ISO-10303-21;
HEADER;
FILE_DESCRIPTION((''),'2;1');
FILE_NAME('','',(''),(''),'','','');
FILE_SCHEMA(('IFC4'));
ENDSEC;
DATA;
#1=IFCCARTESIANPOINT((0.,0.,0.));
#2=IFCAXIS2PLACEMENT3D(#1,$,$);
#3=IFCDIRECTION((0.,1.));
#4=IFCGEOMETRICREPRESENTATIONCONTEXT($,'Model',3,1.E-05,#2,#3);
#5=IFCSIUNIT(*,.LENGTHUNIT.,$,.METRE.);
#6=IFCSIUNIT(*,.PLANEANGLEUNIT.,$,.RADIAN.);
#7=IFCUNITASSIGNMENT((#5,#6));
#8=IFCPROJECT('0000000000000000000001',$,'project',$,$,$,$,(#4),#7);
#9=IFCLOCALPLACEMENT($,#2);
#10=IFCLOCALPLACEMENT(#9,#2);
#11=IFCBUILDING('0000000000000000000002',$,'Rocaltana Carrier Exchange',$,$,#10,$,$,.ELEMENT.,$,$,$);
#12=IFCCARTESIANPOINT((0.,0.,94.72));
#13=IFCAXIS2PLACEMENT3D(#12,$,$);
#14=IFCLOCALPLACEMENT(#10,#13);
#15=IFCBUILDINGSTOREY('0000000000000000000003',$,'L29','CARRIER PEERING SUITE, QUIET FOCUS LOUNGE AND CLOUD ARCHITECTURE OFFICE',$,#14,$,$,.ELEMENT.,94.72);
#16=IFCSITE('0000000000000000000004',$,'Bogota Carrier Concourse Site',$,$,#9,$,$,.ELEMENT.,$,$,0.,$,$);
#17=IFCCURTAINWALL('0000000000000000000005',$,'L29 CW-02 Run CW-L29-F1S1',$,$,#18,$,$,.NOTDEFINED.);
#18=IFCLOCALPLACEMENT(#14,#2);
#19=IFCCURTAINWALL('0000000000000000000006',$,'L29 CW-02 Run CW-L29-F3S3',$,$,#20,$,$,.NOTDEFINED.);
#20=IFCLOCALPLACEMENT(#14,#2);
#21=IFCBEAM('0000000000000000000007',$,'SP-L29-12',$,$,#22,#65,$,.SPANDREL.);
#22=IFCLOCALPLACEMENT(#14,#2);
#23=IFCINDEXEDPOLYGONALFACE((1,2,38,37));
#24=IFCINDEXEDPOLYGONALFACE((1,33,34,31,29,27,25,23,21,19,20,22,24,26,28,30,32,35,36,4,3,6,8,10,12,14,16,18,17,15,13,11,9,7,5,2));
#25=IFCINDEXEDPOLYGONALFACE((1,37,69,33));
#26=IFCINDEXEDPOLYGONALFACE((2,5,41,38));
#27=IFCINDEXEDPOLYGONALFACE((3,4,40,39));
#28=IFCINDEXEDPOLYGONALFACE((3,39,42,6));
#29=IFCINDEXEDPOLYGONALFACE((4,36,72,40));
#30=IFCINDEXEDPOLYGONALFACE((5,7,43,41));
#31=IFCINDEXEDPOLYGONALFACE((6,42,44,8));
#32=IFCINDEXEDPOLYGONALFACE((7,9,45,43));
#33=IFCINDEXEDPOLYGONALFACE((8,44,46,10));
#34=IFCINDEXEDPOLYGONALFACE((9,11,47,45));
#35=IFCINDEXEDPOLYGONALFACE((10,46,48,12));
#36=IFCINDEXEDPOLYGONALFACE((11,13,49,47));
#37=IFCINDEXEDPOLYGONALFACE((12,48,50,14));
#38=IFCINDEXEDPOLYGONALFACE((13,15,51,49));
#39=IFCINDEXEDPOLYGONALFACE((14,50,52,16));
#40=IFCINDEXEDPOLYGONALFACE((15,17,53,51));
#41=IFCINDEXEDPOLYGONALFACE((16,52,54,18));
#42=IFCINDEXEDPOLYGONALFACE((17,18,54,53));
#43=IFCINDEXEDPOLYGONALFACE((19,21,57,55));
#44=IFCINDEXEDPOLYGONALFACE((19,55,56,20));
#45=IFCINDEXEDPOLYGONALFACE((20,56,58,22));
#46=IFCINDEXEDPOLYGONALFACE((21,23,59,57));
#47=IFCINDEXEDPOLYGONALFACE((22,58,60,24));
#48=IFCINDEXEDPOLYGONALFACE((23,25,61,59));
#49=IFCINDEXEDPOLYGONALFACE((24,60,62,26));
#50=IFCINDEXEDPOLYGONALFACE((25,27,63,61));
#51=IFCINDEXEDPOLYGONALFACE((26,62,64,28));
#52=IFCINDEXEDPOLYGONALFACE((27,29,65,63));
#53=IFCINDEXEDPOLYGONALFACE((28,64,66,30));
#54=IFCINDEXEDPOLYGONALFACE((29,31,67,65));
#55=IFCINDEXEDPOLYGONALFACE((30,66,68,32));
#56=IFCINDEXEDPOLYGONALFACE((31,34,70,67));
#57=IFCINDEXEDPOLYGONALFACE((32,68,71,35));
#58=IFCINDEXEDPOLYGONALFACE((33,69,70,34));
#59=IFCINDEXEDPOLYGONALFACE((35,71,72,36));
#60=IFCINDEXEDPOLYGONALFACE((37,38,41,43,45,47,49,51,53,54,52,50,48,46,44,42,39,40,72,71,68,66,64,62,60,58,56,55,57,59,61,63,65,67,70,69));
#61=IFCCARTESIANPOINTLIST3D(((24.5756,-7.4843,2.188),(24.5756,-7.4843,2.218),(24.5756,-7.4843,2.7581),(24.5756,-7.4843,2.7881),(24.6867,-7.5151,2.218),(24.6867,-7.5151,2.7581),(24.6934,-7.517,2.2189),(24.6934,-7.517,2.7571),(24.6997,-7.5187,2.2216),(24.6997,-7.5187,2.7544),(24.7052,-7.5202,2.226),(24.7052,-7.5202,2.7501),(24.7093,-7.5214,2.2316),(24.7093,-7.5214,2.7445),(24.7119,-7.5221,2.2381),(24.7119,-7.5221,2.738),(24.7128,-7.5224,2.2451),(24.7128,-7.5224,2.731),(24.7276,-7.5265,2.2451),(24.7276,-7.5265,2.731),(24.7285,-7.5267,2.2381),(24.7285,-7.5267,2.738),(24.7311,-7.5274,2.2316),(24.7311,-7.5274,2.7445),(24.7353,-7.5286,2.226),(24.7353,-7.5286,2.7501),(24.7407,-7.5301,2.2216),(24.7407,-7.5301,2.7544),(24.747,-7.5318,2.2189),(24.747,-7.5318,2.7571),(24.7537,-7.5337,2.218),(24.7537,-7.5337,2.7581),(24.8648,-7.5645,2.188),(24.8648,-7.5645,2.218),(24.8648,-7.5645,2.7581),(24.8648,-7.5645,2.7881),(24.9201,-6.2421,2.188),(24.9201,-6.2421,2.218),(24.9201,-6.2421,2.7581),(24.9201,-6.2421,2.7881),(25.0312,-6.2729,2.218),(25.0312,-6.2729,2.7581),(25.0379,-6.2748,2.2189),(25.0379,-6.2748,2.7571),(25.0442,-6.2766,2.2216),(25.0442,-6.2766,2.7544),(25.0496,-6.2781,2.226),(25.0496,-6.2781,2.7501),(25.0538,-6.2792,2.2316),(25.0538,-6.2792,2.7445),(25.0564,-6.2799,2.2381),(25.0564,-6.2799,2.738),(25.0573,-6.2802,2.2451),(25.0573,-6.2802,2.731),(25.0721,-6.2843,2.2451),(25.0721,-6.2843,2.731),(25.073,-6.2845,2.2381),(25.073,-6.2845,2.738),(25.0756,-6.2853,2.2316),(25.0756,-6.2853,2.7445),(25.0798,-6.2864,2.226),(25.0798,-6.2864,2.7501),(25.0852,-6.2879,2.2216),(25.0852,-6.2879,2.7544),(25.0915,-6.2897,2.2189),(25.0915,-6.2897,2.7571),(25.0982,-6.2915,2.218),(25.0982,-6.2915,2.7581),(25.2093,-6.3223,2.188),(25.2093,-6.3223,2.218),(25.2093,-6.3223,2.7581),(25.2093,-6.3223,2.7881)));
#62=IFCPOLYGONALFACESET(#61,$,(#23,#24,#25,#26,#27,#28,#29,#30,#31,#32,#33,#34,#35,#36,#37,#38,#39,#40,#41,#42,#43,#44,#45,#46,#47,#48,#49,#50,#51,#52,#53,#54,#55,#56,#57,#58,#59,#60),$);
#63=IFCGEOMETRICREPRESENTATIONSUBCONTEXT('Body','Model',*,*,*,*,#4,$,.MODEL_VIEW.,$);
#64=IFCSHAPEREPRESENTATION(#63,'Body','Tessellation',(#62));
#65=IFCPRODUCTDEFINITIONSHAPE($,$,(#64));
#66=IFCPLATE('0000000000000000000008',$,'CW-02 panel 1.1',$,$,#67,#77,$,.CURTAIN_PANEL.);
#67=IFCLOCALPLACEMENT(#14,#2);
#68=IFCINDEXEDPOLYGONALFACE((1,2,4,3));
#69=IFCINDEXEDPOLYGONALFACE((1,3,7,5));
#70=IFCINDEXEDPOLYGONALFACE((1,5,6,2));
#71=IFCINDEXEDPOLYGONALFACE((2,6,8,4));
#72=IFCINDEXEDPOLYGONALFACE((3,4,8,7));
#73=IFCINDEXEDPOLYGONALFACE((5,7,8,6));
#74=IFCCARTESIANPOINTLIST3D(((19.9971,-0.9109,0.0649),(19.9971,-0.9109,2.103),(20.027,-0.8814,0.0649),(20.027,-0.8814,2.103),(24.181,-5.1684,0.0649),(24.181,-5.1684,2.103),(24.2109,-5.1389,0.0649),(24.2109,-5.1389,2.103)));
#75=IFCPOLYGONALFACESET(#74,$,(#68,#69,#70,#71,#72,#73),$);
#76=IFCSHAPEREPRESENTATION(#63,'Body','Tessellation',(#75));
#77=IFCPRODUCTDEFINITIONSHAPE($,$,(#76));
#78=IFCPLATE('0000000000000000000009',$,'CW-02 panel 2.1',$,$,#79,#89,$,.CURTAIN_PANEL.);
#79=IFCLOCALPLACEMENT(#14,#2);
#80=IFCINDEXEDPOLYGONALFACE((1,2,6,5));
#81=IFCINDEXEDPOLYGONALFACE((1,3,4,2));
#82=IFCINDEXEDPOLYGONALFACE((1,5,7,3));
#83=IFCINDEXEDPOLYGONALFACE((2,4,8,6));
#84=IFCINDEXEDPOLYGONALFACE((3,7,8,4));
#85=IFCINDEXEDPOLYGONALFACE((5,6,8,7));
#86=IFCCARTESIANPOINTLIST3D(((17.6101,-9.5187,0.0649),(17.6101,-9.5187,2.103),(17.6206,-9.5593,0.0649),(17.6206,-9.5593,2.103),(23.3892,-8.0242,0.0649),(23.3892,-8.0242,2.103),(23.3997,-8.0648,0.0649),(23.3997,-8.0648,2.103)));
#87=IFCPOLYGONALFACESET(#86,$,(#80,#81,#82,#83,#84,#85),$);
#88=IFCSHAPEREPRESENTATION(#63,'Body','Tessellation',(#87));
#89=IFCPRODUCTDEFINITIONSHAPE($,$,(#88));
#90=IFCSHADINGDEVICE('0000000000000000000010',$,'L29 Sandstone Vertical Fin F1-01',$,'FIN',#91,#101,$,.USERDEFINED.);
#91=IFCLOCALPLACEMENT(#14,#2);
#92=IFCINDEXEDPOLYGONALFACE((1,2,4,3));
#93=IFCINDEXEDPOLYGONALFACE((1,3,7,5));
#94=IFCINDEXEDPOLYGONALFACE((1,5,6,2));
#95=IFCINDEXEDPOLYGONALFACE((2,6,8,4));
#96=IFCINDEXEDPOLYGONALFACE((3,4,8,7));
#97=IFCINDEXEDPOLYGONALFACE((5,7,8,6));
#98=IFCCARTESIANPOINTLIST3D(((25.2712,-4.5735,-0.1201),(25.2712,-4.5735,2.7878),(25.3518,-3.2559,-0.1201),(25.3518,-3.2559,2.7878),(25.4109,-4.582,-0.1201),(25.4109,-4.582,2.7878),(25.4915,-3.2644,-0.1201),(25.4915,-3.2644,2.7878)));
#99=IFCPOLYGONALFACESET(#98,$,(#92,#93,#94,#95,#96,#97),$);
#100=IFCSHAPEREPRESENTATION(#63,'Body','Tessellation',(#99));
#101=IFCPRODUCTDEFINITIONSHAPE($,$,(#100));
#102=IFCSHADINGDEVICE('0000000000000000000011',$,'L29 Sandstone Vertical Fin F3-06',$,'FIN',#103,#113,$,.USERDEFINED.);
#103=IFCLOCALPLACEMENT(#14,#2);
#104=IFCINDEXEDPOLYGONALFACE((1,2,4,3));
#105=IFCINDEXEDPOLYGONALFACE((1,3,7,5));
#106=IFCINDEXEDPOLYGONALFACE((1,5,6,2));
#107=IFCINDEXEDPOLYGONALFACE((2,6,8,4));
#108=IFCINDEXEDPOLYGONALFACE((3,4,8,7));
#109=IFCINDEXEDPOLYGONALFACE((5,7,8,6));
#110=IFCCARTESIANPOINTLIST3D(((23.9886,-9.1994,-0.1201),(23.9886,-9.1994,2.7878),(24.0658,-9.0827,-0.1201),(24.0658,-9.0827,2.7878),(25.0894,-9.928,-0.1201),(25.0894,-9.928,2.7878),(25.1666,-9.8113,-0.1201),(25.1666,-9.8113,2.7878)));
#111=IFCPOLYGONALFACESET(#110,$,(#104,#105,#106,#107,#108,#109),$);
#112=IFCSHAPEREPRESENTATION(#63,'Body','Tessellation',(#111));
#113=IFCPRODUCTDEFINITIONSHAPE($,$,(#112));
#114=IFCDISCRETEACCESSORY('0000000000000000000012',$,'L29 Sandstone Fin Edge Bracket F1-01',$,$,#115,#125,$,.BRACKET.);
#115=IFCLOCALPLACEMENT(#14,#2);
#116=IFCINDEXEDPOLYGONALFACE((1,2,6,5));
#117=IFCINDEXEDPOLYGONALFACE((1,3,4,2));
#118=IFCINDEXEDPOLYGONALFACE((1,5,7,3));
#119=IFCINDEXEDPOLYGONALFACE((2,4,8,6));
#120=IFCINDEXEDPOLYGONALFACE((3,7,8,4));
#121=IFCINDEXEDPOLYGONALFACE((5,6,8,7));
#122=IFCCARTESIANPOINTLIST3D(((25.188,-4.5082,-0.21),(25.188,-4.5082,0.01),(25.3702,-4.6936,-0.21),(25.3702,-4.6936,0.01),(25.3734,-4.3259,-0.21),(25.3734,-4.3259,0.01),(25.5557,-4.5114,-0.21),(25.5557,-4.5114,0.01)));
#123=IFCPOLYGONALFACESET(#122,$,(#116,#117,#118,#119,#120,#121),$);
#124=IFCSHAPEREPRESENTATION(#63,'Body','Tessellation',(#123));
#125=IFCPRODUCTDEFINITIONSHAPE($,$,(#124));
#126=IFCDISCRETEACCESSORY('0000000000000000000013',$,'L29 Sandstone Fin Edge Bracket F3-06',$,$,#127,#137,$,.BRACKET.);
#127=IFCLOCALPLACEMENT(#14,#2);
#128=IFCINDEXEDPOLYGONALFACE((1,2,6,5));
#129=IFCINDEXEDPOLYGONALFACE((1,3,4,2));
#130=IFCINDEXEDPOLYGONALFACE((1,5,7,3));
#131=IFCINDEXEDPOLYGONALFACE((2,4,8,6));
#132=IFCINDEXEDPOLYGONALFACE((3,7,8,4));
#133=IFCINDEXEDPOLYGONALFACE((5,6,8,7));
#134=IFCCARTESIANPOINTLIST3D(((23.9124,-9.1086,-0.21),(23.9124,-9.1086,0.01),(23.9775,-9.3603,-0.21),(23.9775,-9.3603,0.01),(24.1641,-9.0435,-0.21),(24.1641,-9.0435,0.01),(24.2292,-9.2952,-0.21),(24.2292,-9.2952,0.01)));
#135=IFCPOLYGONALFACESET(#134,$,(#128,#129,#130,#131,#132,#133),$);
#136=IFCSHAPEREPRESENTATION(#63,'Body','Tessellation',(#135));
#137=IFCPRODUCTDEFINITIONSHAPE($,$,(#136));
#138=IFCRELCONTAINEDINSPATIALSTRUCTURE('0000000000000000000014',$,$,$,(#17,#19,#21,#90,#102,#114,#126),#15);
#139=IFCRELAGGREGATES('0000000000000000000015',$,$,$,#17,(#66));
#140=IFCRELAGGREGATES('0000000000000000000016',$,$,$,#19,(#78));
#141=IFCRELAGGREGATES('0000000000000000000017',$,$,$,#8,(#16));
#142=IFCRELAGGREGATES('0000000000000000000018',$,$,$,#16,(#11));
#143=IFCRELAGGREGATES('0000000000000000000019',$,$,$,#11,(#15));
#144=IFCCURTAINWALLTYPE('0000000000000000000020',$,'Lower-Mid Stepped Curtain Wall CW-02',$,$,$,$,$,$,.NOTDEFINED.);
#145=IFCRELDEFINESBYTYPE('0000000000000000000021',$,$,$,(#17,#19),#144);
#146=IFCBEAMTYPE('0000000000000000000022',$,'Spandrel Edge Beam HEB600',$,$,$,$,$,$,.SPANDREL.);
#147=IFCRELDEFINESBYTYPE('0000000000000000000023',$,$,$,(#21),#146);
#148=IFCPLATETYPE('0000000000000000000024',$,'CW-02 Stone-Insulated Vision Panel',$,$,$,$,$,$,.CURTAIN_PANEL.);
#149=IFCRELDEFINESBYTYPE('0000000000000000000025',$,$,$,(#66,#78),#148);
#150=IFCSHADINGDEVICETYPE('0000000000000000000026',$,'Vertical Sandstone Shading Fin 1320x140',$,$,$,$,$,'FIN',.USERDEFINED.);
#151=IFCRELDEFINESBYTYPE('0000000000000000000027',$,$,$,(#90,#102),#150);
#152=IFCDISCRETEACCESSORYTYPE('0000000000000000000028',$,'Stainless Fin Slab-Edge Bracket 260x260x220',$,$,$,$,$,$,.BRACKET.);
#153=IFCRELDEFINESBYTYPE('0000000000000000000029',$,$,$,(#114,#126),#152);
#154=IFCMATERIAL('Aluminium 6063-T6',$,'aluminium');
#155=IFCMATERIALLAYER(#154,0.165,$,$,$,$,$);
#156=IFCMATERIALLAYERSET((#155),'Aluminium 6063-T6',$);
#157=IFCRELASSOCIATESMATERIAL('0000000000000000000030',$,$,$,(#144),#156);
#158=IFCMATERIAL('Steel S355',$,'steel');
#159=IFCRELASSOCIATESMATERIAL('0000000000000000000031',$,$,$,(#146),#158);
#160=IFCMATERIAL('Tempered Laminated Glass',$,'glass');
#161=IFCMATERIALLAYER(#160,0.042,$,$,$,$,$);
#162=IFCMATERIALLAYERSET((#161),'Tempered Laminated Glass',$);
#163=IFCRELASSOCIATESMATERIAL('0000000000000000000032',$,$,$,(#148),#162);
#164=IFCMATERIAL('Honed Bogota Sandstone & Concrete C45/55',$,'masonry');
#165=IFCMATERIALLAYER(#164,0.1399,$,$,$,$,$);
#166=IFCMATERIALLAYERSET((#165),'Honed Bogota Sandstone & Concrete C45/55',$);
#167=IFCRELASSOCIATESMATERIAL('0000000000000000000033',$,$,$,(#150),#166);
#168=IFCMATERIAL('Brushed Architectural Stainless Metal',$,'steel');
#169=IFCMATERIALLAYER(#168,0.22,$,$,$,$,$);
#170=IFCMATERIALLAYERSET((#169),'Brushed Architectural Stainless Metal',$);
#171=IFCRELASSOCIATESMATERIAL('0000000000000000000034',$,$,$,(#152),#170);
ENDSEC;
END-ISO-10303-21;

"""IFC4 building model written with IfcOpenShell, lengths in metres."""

from ifc_helpers import new_model, si_unit, direction, frame, origin, origin_2d, place, context, subcontext, project, spatial, rectangle, i_section, extrude, material, layer, layer_set, material_profile, profile_set, type_object, element, aggregate, save


model = new_model("IFC4")

# Units and contexts
model_context = context("Model", 3, precision=1e-05, world=origin(), true_north=direction((0.0, 1.0)))
body_context = subcontext(model_context, "Body", "Model", "MODEL_VIEW")
ifc_project = project(units=[si_unit("LENGTHUNIT", "METRE"), si_unit("PLANEANGLEUNIT", "RADIAN")], contexts=[model_context])

# Site, building, storey
site_placement = place(None, origin())
site = spatial("IfcSite", under=ifc_project, at=site_placement, Name="Bogota Carrier Concourse Site", CompositionType="ELEMENT", RefElevation=0.0)
building_placement = place(site_placement, origin())
building = spatial("IfcBuilding", under=site, at=building_placement, Name="Rocaltana Carrier Exchange", CompositionType="ELEMENT")
storey_placement = place(building_placement, frame((0.0, 0.0, 94.72)))
storey = spatial("IfcBuildingStorey", under=building, at=storey_placement, Name="L29", Description="CARRIER PEERING SUITE, QUIET FOCUS LOUNGE AND CLOUD ARCHITECTURE OFFICE", CompositionType="ELEMENT", Elevation=94.72)

# Curtain wall
ifc_material_1 = material(Name="Aluminium 6063-T6", Category="aluminium")
ifc_layer_1 = layer(ifc_material_1, 0.165)
ifc_layer_set_1 = layer_set([ifc_layer_1], Name="Aluminium 6063-T6")
curtain_wall_type = type_object("IfcCurtainWallType", Name="Lower-Mid Stepped Curtain Wall CW-02", PredefinedType="NOTDEFINED", material=ifc_layer_set_1)
curtain_wall_1_placement = place(storey_placement, origin())
curtain_wall_1 = element("IfcCurtainWall", 1, at=curtain_wall_1_placement, inside=storey, type_object=curtain_wall_type, Name="L29 CW-02 Run CW-L29-F1S1", PredefinedType="NOTDEFINED")

# Curtain wall
curtain_wall_2_placement = place(storey_placement, origin())
curtain_wall_2 = element("IfcCurtainWall", 2, at=curtain_wall_2_placement, inside=storey, type_object=curtain_wall_type, Name="L29 CW-02 Run CW-L29-F3S3", PredefinedType="NOTDEFINED")

# Beam
ifc_material_2 = material(Name="Steel S355", Category="steel")
ifc_material_profile_1 = material_profile(ifc_material_2, i_section(OverallWidth=0.3, OverallDepth=0.6001, WebThickness=0.0154, FlangeThickness=0.03, FilletRadius=0.0271, at=origin_2d()), Name="HEB600")
ifc_profile_set_1 = profile_set([ifc_material_profile_1], Name="Steel S355")
beam_type_1 = type_object("IfcBeamType", Name="Spandrel Edge Beam HEB600", PredefinedType="SPANDREL", material=ifc_profile_set_1)
beam_1_placement = place(storey_placement, frame((24.7202, -7.5244, 2.488), z_axis=(0.267234, 0.963632, 0.0), x_axis=(-0.963632, 0.267234, 0.0)))
element("IfcBeam", 3, at=beam_1_placement, inside=storey, type_object=beam_type_1, Name="SP-L29-12", PredefinedType="SPANDREL", context=body_context, shape_type="SweptSolid", body=[
    extrude(i_section(OverallWidth=0.3, OverallDepth=0.6001, WebThickness=0.0154, FlangeThickness=0.03, FilletRadius=0.0271, at=origin_2d()), origin(), (0.0, 0.0, 1.0), 1.2891),
])

# Plates
ifc_material_3 = material(Name="Tempered Laminated Glass", Category="glass")
ifc_layer_2 = layer(ifc_material_3, 0.042)
ifc_layer_set_2 = layer_set([ifc_layer_2], Name="Tempered Laminated Glass")
plate_type = type_object("IfcPlateType", Name="CW-02 Stone-Insulated Vision Panel", PredefinedType="CURTAIN_PANEL", material=ifc_layer_set_2)
plate_1_placement = place(storey_placement, frame((22.104, -3.0249, 0.0649), z_axis=(0.0, 0.0, 1.0), x_axis=(-0.700915, 0.713245, 0.0)))
plate_1 = element("IfcPlate", 4, at=plate_1_placement, type_object=plate_type, Name="CW-02 panel 1.1", PredefinedType="CURTAIN_PANEL", context=body_context, shape_type="SweptSolid", body=[
    extrude(rectangle(XDim=5.9692, YDim=0.042, at=origin_2d()), origin(), (0.0, 0.0, 1.0), 2.0381),
])
aggregate(curtain_wall_1, [plate_1])
plate_2_placement = place(storey_placement, frame((20.5049, -8.7917, 0.0649), z_axis=(0.0, 0.0, 1.0), x_axis=(0.96815, 0.25037, 0.0)))
plate_2 = element("IfcPlate", 5, at=plate_2_placement, type_object=plate_type, Name="CW-02 panel 2.1", PredefinedType="CURTAIN_PANEL", context=body_context, shape_type="SweptSolid", body=[
    extrude(rectangle(XDim=5.9692, YDim=0.042, at=origin_2d()), origin(), (0.0, 0.0, 1.0), 2.0381),
])
aggregate(curtain_wall_2, [plate_2])

# Shading devices
ifc_material_4 = material(Name="Honed Bogota Sandstone & Concrete C45/55", Category="masonry")
ifc_layer_3 = layer(ifc_material_4, 0.1399)
ifc_layer_set_3 = layer_set([ifc_layer_3], Name="Honed Bogota Sandstone & Concrete C45/55")
shading_device_type = type_object("IfcShadingDeviceType", Name="Vertical Sandstone Shading Fin 1320x140", ElementType="FIN", PredefinedType="USERDEFINED", material=ifc_layer_set_3)
for number, where, z_axis, x_axis, name in (
    (6, (25.3813, -3.9189, -0.1201), (0.0, 0.0, 1.0), (0.061049, 0.998135, 0.0), "L29 Sandstone Vertical Fin F1-01"),
    (7, (24.5776, -9.5054, -0.1201), (0.0, 0.0, 1.0), (0.833886, -0.551937, 0.0), "L29 Sandstone Vertical Fin F3-06"),
):
    element("IfcShadingDevice", number, at=place(storey_placement, frame(where, z_axis=z_axis, x_axis=x_axis)), inside=storey, type_object=shading_device_type, Name=name, ObjectType="FIN", PredefinedType="USERDEFINED", context=body_context, shape_type="SweptSolid", body=[
        extrude(rectangle(XDim=1.3201, YDim=0.1399, at=origin_2d()), origin(), (0.0, 0.0, 1.0), 2.908),
    ])

# Discrete accessories
ifc_material_5 = material(Name="Brushed Architectural Stainless Metal", Category="steel")
ifc_layer_4 = layer(ifc_material_5, 0.22)
ifc_layer_set_4 = layer_set([ifc_layer_4], Name="Brushed Architectural Stainless Metal")
discrete_accessory_type = type_object("IfcDiscreteAccessoryType", Name="Stainless Fin Slab-Edge Bracket 260x260x220", PredefinedType="BRACKET", material=ifc_layer_set_4)
for number, where, z_axis, x_axis, name in (
    (8, (25.3718, -4.5098, -0.21), (0.0, 0.0, 1.0), (-0.700909, 0.71325, 0.0), "L29 Sandstone Fin Edge Bracket F1-01"),
    (9, (24.0708, -9.2019, -0.21), (0.0, 0.0, 1.0), (0.968148, 0.25038, 0.0), "L29 Sandstone Fin Edge Bracket F3-06"),
):
    element("IfcDiscreteAccessory", number, at=place(storey_placement, frame(where, z_axis=z_axis, x_axis=x_axis)), inside=storey, type_object=discrete_accessory_type, Name=name, PredefinedType="BRACKET", context=body_context, shape_type="SweptSolid", body=[
        extrude(rectangle(XDim=0.26, YDim=0.26, at=origin_2d()), origin(), (0.0, 0.0, 1.0), 0.22),
    ])

save(model, "model.ifc")
